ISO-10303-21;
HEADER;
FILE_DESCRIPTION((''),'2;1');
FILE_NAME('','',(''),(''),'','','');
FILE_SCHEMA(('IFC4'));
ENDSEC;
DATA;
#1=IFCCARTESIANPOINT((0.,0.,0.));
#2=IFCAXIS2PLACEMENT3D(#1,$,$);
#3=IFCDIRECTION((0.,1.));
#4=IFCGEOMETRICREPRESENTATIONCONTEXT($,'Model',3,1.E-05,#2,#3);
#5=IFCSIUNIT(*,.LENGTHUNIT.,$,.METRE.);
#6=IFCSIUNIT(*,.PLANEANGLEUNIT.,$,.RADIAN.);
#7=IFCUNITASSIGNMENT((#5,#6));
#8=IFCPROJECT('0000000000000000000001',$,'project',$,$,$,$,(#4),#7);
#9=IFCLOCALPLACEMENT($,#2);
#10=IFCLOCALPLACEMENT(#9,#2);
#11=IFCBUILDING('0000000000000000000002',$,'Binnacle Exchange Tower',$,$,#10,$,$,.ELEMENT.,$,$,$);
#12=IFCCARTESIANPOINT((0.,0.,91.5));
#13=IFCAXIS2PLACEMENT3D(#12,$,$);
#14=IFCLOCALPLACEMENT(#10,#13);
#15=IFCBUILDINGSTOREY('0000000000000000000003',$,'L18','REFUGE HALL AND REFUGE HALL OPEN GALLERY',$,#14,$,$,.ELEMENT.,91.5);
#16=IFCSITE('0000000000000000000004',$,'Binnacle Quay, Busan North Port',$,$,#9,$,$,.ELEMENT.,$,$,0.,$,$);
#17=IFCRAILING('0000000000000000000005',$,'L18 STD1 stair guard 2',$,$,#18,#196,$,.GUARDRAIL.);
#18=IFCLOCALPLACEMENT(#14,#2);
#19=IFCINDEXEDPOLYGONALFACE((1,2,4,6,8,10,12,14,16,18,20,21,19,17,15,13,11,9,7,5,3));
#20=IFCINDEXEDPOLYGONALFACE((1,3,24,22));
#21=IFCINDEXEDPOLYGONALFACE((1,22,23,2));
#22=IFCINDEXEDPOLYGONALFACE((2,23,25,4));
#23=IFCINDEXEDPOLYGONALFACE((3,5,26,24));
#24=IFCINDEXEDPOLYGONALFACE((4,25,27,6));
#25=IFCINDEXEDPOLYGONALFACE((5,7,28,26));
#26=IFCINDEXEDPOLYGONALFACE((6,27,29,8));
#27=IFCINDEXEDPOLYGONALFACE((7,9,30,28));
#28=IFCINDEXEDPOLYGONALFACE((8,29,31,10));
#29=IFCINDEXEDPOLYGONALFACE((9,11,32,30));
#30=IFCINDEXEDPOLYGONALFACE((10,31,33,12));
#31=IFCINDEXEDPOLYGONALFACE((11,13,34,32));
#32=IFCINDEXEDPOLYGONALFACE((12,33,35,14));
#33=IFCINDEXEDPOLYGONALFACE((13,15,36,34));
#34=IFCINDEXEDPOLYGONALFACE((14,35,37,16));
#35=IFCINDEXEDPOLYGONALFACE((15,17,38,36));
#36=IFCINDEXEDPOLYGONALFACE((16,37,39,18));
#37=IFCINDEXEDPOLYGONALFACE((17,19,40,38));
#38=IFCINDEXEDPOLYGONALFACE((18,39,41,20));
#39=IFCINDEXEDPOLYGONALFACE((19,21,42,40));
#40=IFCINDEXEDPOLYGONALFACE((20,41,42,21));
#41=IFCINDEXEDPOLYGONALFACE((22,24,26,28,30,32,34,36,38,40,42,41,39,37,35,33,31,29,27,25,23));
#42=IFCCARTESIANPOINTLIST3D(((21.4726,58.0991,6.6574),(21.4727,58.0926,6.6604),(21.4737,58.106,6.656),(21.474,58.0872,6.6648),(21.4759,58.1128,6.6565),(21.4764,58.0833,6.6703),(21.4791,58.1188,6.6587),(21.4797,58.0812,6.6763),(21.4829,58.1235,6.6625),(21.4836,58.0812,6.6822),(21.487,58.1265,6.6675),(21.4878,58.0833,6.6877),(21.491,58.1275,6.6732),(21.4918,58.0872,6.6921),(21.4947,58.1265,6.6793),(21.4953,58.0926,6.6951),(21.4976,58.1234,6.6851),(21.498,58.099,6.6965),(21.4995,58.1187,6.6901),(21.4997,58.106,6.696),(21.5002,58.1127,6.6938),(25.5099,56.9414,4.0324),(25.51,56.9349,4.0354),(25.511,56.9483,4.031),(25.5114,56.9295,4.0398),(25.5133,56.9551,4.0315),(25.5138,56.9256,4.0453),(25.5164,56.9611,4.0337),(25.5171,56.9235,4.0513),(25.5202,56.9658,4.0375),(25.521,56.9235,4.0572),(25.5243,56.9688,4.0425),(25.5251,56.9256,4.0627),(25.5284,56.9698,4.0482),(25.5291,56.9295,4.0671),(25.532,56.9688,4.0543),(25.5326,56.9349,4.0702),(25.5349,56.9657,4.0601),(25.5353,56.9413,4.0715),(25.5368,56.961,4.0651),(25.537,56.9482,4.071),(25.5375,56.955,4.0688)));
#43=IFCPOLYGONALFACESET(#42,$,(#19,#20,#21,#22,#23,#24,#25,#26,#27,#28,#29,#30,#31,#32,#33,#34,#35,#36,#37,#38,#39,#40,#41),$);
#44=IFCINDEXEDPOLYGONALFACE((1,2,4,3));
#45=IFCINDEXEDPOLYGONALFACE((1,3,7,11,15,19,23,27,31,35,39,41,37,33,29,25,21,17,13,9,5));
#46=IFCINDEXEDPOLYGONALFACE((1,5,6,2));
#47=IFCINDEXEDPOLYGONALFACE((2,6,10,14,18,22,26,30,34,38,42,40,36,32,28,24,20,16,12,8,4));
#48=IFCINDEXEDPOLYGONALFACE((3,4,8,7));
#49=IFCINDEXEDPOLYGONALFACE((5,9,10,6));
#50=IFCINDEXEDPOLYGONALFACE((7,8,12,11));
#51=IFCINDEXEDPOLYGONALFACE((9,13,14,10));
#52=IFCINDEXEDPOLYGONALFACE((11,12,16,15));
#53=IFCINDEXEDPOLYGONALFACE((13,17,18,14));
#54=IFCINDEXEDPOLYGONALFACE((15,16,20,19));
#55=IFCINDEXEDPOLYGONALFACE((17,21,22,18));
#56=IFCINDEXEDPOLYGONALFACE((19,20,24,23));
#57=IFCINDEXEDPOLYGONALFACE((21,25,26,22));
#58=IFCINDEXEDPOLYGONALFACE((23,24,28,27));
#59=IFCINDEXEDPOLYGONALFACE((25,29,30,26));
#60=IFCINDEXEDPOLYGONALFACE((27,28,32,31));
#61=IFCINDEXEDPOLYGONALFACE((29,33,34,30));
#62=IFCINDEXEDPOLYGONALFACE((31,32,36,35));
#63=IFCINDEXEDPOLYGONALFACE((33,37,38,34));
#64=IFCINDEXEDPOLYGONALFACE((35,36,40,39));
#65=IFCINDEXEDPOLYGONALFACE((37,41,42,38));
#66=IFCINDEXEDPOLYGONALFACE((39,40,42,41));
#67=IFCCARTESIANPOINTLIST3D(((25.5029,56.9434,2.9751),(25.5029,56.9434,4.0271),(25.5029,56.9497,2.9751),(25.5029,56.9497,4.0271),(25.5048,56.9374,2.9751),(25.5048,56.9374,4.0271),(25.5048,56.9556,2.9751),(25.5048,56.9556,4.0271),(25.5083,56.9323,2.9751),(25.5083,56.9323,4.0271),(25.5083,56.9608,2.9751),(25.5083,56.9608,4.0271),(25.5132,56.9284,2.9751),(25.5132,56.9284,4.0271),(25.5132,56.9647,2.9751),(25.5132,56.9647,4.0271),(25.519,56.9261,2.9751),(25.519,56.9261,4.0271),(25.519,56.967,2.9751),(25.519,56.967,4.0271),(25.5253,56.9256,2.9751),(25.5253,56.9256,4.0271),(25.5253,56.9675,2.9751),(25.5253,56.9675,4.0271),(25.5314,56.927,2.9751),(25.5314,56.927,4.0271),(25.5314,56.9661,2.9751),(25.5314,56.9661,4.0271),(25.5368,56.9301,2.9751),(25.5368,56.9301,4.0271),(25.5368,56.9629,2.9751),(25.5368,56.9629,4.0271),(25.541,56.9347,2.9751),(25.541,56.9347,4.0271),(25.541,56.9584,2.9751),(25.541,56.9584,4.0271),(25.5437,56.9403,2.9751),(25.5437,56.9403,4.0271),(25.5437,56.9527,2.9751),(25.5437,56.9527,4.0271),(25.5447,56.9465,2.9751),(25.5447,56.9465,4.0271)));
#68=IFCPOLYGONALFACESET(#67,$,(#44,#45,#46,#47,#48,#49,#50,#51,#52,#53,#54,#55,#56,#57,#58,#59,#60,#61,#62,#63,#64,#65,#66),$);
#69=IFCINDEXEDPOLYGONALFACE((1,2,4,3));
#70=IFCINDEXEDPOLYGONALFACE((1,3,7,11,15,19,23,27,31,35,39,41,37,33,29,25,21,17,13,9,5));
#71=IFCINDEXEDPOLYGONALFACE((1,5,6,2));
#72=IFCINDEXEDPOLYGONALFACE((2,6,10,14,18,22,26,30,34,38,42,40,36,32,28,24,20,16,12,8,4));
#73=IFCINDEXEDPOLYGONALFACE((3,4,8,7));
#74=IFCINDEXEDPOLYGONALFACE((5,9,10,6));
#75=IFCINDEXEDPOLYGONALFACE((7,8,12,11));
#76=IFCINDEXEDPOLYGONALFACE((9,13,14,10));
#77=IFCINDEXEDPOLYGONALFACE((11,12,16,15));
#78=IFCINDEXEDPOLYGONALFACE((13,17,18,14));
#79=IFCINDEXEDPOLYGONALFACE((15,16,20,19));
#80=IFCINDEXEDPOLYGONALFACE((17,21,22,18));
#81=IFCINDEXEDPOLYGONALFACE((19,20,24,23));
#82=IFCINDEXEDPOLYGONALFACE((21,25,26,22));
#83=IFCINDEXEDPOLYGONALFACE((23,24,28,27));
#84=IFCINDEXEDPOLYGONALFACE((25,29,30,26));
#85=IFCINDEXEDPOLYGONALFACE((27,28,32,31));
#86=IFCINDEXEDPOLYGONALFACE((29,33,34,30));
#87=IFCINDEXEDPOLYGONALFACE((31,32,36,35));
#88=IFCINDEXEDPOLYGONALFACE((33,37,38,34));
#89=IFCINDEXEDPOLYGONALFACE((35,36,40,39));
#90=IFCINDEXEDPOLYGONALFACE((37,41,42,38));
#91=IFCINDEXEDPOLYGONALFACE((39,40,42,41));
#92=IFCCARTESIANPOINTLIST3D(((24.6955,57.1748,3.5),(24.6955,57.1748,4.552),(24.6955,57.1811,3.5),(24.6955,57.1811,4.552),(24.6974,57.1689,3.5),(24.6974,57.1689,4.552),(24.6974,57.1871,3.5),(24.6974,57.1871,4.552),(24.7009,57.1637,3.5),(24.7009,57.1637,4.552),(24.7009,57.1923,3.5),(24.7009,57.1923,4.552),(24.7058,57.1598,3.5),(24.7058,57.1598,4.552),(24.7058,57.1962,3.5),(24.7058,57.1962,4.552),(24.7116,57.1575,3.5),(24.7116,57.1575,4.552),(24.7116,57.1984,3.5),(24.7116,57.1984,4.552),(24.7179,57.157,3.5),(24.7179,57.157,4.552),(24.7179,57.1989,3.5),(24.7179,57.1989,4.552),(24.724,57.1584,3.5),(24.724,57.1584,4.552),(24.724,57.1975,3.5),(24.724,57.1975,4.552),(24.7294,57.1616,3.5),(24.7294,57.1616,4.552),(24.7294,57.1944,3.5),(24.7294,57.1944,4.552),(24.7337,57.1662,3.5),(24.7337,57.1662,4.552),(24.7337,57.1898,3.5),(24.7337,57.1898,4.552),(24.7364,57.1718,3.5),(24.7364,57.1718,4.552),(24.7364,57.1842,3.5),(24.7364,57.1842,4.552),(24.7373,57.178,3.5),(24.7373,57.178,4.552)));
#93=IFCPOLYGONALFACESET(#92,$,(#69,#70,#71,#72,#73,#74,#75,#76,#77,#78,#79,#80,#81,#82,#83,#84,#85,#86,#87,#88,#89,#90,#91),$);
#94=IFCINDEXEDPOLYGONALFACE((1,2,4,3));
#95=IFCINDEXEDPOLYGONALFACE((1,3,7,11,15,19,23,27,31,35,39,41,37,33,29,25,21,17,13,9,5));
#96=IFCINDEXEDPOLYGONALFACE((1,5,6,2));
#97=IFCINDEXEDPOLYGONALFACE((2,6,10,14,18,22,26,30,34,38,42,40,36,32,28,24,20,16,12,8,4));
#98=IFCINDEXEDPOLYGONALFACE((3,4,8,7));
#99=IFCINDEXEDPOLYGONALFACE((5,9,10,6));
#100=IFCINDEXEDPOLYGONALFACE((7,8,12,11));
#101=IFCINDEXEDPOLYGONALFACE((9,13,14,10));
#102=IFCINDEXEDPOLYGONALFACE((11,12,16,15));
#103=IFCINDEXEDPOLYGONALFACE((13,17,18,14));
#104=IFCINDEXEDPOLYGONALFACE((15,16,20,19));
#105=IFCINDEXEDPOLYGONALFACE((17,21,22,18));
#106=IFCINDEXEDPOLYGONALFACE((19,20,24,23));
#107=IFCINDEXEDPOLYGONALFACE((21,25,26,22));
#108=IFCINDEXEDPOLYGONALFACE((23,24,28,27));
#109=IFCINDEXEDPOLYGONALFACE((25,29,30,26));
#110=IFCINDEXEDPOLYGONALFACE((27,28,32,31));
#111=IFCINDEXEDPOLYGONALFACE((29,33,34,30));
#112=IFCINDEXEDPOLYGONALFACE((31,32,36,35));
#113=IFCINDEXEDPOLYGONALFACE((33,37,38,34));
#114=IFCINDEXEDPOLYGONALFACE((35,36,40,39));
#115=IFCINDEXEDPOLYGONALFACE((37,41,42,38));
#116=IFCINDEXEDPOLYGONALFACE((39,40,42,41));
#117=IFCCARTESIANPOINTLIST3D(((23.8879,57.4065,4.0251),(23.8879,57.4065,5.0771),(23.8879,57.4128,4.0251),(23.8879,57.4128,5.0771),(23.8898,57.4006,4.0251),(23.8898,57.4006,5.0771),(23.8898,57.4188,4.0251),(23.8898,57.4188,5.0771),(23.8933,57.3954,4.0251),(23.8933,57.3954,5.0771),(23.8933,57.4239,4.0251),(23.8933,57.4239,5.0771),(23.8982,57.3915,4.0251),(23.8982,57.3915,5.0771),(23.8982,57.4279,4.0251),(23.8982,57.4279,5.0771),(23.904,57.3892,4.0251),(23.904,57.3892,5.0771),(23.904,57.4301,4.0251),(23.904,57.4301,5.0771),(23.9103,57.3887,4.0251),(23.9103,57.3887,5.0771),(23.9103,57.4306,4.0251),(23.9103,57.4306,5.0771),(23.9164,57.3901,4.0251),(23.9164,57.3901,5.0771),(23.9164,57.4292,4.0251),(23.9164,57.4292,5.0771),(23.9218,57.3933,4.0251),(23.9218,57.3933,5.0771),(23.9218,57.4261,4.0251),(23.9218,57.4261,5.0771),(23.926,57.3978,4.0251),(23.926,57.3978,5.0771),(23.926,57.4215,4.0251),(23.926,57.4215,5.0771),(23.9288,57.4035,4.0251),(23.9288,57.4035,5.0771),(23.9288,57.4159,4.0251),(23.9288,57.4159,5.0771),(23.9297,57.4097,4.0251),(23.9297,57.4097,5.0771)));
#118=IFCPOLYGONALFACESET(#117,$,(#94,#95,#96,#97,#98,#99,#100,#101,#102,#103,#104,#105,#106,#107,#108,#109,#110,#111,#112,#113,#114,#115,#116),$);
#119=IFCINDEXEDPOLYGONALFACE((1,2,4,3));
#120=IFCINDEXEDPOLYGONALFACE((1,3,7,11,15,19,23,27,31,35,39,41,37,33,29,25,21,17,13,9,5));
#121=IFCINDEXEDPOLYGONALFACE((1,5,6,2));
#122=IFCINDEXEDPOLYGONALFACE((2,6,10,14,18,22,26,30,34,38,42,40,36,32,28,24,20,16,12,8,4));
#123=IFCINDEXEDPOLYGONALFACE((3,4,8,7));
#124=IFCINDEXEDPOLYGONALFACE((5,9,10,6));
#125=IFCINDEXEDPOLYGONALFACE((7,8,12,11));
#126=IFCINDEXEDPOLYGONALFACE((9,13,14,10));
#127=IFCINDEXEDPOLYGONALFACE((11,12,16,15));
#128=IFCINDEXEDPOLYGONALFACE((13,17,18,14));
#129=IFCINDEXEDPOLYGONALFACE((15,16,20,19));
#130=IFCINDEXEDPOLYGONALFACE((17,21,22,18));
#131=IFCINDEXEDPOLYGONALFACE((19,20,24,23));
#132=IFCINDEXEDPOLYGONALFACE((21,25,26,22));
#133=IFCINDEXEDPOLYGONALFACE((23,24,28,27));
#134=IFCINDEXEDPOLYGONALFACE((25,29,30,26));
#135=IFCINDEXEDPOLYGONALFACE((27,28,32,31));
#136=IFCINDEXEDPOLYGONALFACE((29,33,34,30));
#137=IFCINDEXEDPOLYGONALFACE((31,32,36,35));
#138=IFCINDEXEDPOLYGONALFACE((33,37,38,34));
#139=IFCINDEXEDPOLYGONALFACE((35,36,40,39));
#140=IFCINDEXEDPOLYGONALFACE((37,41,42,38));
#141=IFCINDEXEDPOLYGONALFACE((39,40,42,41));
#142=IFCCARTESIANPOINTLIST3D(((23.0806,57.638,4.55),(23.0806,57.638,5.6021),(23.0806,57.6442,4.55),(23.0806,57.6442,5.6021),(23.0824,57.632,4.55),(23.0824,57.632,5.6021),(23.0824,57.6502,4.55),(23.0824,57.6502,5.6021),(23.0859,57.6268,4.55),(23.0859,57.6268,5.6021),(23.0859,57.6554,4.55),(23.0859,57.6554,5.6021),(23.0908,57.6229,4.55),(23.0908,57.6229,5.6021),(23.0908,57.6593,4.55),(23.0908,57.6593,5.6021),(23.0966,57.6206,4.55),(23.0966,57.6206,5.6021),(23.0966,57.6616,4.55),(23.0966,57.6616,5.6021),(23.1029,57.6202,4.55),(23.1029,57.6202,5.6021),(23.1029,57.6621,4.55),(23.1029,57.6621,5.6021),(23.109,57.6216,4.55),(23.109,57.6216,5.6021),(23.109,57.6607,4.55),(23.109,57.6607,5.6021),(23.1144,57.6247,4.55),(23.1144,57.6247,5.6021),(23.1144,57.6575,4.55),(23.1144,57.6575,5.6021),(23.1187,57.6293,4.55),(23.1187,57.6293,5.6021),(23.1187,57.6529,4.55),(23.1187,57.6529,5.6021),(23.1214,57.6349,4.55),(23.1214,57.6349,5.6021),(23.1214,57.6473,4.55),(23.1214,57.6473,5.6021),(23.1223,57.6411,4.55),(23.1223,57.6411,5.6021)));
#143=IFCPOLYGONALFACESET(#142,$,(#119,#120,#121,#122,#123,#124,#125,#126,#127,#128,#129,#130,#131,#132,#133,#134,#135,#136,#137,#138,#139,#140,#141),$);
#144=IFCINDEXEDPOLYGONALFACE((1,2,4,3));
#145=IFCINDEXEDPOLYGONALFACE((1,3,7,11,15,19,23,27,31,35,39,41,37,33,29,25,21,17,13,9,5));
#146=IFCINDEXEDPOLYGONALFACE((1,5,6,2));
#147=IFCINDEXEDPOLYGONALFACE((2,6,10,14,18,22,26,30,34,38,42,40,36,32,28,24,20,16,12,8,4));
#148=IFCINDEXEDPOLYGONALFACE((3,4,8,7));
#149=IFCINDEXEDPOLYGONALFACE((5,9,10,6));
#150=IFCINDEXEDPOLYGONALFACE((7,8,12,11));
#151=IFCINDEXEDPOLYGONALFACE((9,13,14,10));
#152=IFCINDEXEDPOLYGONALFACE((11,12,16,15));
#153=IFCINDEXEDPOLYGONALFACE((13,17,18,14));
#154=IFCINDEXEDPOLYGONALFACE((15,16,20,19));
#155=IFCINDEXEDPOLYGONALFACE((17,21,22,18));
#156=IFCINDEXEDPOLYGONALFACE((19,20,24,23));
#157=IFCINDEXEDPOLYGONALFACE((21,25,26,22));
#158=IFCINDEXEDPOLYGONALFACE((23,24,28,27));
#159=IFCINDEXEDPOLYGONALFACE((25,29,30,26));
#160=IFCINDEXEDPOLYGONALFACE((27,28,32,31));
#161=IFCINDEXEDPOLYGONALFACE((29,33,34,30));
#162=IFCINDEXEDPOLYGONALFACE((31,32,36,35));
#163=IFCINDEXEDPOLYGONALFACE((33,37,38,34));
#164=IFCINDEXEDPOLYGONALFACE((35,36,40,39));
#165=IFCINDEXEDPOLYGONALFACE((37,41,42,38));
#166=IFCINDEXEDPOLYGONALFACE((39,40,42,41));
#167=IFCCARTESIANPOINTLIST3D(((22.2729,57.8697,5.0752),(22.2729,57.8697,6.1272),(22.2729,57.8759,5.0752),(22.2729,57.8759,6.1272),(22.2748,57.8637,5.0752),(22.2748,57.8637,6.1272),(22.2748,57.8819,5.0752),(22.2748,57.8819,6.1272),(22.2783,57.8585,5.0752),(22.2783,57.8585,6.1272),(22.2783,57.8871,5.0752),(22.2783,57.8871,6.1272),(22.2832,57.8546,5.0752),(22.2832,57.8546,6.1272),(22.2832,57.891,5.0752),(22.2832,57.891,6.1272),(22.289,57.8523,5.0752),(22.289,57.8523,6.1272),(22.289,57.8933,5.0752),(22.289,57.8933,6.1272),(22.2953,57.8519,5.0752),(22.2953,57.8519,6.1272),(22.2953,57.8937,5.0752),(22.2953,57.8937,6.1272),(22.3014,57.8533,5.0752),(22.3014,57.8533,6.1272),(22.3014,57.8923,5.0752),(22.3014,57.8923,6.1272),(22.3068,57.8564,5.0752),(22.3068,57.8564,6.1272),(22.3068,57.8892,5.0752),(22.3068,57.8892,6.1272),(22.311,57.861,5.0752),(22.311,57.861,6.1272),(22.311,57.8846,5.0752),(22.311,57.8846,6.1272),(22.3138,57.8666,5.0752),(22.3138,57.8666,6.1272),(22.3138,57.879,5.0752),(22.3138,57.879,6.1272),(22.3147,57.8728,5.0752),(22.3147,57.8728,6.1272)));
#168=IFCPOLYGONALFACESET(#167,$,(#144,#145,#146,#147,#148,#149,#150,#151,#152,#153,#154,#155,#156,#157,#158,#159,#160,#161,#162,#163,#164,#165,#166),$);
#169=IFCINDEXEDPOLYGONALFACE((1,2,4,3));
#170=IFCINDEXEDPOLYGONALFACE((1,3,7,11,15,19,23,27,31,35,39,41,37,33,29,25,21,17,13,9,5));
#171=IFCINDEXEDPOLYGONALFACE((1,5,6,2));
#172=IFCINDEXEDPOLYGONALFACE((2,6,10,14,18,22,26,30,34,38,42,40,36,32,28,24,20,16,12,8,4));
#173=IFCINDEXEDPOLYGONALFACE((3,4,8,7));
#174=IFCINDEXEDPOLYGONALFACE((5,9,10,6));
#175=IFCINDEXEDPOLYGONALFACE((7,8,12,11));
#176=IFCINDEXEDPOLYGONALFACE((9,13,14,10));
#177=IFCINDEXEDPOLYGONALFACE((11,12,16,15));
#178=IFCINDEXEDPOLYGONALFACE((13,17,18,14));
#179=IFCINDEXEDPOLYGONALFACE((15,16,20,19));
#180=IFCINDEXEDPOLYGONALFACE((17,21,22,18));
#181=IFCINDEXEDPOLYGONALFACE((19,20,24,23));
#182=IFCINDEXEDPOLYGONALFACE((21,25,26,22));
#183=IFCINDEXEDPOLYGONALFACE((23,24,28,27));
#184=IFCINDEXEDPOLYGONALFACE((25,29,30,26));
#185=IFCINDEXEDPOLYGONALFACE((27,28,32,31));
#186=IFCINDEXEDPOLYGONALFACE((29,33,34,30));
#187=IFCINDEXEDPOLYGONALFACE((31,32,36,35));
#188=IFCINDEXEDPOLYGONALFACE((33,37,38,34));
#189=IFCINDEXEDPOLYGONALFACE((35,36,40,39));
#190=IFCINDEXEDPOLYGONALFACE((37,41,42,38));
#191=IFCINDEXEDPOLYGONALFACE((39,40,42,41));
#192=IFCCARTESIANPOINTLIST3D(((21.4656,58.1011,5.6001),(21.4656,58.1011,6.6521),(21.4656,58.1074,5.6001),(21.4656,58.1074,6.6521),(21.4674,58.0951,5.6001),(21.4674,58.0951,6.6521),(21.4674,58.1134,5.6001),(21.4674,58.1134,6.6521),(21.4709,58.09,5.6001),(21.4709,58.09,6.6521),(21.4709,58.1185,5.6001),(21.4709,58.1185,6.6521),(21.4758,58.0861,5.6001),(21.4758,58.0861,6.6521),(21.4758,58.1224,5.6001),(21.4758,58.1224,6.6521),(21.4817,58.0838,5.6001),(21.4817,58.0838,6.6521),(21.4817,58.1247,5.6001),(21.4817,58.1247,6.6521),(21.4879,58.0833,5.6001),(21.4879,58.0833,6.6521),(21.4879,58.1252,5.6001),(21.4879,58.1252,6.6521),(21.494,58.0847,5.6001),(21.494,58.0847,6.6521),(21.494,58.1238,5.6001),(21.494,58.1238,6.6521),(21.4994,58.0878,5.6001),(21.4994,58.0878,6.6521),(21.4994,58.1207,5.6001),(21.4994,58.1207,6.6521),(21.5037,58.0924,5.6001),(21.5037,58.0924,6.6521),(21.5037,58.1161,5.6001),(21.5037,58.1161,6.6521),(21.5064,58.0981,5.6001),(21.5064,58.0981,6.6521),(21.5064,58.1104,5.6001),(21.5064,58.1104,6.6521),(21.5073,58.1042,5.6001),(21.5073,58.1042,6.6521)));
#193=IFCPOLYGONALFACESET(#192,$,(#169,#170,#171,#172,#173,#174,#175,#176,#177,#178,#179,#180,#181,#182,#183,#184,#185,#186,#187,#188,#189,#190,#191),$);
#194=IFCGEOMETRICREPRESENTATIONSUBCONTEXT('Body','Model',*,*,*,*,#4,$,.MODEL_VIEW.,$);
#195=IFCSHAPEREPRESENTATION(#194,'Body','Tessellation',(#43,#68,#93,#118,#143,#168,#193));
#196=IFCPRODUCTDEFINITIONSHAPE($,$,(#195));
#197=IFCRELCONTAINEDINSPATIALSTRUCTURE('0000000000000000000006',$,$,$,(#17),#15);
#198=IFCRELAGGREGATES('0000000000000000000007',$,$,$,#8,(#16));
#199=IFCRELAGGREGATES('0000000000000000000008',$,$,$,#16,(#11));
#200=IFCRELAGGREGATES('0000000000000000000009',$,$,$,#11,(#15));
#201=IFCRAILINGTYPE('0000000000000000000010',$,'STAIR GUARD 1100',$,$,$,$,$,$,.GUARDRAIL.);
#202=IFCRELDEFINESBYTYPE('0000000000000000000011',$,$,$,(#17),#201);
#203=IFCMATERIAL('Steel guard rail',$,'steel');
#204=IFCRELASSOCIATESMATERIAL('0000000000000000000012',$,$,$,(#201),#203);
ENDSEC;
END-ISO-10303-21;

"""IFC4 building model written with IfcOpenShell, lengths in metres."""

from ifc_helpers import new_model, si_unit, direction, frame, origin, origin_2d, place, context, subcontext, project, spatial, circle, extrude, material, type_object, element, save


model = new_model("IFC4")

# Units and contexts
model_context = context("Model", 3, precision=1e-05, world=origin(), true_north=direction((0.0, 1.0)))
body_context = subcontext(model_context, "Body", "Model", "MODEL_VIEW")
ifc_project = project(units=[si_unit("LENGTHUNIT", "METRE"), si_unit("PLANEANGLEUNIT", "RADIAN")], contexts=[model_context])

# Site, building, storey
site_placement = place(None, origin())
site = spatial("IfcSite", under=ifc_project, at=site_placement, Name="Binnacle Quay, Busan North Port", CompositionType="ELEMENT", RefElevation=0.0)
building_placement = place(site_placement, origin())
building = spatial("IfcBuilding", under=site, at=building_placement, Name="Binnacle Exchange Tower", CompositionType="ELEMENT")
storey_placement = place(building_placement, frame((0.0, 0.0, 91.5)))
storey = spatial("IfcBuildingStorey", under=building, at=storey_placement, Name="L18", Description="REFUGE HALL AND REFUGE HALL OPEN GALLERY", CompositionType="ELEMENT", Elevation=91.5)

# Railing
ifc_material_1 = material(Name="Steel guard rail", Category="steel")
railing_type_1 = type_object("IfcRailingType", Name="STAIR GUARD 1100", PredefinedType="GUARDRAIL", material=ifc_material_1)
railing_1_placement = place(storey_placement, frame((25.5237, 56.9465, 2.9751)))
element("IfcRailing", 1, at=railing_1_placement, inside=storey, type_object=railing_type_1, Name="L18 STD1 stair guard 2", PredefinedType="GUARDRAIL", context=body_context, shape_type="SweptSolid", body=[
    extrude(circle(Radius=0.0239, at=origin_2d()), frame((0.0, 0.0, 1.0762), z_axis=(-0.815151, 0.233745, 0.529993), x_axis=(-0.275642, -0.96126, 0.0)), (0.0, 0.0, 1.0), 4.9529),
    extrude(circle(Radius=0.021, at=origin_2d()), origin(), (0.0, 0.0, 1.0), 1.052),
    extrude(circle(Radius=0.021, at=origin_2d()), frame((-0.8074, 0.2314, 0.5249)), (0.0, 0.0, 1.0), 1.052),
    extrude(circle(Radius=0.021, at=origin_2d()), frame((-1.615, 0.4631, 1.05)), (0.0, 0.0, 1.0), 1.052),
    extrude(circle(Radius=0.021, at=origin_2d()), frame((-2.4224, 0.6946, 1.575)), (0.0, 0.0, 1.0), 1.052),
    extrude(circle(Radius=0.021, at=origin_2d()), frame((-3.23, 0.9263, 2.1001)), (0.0, 0.0, 1.0), 1.052),
    extrude(circle(Radius=0.021, at=origin_2d()), frame((-4.0374, 1.1577, 2.625)), (0.0, 0.0, 1.0), 1.052),
])

save(model, "model.ifc")
